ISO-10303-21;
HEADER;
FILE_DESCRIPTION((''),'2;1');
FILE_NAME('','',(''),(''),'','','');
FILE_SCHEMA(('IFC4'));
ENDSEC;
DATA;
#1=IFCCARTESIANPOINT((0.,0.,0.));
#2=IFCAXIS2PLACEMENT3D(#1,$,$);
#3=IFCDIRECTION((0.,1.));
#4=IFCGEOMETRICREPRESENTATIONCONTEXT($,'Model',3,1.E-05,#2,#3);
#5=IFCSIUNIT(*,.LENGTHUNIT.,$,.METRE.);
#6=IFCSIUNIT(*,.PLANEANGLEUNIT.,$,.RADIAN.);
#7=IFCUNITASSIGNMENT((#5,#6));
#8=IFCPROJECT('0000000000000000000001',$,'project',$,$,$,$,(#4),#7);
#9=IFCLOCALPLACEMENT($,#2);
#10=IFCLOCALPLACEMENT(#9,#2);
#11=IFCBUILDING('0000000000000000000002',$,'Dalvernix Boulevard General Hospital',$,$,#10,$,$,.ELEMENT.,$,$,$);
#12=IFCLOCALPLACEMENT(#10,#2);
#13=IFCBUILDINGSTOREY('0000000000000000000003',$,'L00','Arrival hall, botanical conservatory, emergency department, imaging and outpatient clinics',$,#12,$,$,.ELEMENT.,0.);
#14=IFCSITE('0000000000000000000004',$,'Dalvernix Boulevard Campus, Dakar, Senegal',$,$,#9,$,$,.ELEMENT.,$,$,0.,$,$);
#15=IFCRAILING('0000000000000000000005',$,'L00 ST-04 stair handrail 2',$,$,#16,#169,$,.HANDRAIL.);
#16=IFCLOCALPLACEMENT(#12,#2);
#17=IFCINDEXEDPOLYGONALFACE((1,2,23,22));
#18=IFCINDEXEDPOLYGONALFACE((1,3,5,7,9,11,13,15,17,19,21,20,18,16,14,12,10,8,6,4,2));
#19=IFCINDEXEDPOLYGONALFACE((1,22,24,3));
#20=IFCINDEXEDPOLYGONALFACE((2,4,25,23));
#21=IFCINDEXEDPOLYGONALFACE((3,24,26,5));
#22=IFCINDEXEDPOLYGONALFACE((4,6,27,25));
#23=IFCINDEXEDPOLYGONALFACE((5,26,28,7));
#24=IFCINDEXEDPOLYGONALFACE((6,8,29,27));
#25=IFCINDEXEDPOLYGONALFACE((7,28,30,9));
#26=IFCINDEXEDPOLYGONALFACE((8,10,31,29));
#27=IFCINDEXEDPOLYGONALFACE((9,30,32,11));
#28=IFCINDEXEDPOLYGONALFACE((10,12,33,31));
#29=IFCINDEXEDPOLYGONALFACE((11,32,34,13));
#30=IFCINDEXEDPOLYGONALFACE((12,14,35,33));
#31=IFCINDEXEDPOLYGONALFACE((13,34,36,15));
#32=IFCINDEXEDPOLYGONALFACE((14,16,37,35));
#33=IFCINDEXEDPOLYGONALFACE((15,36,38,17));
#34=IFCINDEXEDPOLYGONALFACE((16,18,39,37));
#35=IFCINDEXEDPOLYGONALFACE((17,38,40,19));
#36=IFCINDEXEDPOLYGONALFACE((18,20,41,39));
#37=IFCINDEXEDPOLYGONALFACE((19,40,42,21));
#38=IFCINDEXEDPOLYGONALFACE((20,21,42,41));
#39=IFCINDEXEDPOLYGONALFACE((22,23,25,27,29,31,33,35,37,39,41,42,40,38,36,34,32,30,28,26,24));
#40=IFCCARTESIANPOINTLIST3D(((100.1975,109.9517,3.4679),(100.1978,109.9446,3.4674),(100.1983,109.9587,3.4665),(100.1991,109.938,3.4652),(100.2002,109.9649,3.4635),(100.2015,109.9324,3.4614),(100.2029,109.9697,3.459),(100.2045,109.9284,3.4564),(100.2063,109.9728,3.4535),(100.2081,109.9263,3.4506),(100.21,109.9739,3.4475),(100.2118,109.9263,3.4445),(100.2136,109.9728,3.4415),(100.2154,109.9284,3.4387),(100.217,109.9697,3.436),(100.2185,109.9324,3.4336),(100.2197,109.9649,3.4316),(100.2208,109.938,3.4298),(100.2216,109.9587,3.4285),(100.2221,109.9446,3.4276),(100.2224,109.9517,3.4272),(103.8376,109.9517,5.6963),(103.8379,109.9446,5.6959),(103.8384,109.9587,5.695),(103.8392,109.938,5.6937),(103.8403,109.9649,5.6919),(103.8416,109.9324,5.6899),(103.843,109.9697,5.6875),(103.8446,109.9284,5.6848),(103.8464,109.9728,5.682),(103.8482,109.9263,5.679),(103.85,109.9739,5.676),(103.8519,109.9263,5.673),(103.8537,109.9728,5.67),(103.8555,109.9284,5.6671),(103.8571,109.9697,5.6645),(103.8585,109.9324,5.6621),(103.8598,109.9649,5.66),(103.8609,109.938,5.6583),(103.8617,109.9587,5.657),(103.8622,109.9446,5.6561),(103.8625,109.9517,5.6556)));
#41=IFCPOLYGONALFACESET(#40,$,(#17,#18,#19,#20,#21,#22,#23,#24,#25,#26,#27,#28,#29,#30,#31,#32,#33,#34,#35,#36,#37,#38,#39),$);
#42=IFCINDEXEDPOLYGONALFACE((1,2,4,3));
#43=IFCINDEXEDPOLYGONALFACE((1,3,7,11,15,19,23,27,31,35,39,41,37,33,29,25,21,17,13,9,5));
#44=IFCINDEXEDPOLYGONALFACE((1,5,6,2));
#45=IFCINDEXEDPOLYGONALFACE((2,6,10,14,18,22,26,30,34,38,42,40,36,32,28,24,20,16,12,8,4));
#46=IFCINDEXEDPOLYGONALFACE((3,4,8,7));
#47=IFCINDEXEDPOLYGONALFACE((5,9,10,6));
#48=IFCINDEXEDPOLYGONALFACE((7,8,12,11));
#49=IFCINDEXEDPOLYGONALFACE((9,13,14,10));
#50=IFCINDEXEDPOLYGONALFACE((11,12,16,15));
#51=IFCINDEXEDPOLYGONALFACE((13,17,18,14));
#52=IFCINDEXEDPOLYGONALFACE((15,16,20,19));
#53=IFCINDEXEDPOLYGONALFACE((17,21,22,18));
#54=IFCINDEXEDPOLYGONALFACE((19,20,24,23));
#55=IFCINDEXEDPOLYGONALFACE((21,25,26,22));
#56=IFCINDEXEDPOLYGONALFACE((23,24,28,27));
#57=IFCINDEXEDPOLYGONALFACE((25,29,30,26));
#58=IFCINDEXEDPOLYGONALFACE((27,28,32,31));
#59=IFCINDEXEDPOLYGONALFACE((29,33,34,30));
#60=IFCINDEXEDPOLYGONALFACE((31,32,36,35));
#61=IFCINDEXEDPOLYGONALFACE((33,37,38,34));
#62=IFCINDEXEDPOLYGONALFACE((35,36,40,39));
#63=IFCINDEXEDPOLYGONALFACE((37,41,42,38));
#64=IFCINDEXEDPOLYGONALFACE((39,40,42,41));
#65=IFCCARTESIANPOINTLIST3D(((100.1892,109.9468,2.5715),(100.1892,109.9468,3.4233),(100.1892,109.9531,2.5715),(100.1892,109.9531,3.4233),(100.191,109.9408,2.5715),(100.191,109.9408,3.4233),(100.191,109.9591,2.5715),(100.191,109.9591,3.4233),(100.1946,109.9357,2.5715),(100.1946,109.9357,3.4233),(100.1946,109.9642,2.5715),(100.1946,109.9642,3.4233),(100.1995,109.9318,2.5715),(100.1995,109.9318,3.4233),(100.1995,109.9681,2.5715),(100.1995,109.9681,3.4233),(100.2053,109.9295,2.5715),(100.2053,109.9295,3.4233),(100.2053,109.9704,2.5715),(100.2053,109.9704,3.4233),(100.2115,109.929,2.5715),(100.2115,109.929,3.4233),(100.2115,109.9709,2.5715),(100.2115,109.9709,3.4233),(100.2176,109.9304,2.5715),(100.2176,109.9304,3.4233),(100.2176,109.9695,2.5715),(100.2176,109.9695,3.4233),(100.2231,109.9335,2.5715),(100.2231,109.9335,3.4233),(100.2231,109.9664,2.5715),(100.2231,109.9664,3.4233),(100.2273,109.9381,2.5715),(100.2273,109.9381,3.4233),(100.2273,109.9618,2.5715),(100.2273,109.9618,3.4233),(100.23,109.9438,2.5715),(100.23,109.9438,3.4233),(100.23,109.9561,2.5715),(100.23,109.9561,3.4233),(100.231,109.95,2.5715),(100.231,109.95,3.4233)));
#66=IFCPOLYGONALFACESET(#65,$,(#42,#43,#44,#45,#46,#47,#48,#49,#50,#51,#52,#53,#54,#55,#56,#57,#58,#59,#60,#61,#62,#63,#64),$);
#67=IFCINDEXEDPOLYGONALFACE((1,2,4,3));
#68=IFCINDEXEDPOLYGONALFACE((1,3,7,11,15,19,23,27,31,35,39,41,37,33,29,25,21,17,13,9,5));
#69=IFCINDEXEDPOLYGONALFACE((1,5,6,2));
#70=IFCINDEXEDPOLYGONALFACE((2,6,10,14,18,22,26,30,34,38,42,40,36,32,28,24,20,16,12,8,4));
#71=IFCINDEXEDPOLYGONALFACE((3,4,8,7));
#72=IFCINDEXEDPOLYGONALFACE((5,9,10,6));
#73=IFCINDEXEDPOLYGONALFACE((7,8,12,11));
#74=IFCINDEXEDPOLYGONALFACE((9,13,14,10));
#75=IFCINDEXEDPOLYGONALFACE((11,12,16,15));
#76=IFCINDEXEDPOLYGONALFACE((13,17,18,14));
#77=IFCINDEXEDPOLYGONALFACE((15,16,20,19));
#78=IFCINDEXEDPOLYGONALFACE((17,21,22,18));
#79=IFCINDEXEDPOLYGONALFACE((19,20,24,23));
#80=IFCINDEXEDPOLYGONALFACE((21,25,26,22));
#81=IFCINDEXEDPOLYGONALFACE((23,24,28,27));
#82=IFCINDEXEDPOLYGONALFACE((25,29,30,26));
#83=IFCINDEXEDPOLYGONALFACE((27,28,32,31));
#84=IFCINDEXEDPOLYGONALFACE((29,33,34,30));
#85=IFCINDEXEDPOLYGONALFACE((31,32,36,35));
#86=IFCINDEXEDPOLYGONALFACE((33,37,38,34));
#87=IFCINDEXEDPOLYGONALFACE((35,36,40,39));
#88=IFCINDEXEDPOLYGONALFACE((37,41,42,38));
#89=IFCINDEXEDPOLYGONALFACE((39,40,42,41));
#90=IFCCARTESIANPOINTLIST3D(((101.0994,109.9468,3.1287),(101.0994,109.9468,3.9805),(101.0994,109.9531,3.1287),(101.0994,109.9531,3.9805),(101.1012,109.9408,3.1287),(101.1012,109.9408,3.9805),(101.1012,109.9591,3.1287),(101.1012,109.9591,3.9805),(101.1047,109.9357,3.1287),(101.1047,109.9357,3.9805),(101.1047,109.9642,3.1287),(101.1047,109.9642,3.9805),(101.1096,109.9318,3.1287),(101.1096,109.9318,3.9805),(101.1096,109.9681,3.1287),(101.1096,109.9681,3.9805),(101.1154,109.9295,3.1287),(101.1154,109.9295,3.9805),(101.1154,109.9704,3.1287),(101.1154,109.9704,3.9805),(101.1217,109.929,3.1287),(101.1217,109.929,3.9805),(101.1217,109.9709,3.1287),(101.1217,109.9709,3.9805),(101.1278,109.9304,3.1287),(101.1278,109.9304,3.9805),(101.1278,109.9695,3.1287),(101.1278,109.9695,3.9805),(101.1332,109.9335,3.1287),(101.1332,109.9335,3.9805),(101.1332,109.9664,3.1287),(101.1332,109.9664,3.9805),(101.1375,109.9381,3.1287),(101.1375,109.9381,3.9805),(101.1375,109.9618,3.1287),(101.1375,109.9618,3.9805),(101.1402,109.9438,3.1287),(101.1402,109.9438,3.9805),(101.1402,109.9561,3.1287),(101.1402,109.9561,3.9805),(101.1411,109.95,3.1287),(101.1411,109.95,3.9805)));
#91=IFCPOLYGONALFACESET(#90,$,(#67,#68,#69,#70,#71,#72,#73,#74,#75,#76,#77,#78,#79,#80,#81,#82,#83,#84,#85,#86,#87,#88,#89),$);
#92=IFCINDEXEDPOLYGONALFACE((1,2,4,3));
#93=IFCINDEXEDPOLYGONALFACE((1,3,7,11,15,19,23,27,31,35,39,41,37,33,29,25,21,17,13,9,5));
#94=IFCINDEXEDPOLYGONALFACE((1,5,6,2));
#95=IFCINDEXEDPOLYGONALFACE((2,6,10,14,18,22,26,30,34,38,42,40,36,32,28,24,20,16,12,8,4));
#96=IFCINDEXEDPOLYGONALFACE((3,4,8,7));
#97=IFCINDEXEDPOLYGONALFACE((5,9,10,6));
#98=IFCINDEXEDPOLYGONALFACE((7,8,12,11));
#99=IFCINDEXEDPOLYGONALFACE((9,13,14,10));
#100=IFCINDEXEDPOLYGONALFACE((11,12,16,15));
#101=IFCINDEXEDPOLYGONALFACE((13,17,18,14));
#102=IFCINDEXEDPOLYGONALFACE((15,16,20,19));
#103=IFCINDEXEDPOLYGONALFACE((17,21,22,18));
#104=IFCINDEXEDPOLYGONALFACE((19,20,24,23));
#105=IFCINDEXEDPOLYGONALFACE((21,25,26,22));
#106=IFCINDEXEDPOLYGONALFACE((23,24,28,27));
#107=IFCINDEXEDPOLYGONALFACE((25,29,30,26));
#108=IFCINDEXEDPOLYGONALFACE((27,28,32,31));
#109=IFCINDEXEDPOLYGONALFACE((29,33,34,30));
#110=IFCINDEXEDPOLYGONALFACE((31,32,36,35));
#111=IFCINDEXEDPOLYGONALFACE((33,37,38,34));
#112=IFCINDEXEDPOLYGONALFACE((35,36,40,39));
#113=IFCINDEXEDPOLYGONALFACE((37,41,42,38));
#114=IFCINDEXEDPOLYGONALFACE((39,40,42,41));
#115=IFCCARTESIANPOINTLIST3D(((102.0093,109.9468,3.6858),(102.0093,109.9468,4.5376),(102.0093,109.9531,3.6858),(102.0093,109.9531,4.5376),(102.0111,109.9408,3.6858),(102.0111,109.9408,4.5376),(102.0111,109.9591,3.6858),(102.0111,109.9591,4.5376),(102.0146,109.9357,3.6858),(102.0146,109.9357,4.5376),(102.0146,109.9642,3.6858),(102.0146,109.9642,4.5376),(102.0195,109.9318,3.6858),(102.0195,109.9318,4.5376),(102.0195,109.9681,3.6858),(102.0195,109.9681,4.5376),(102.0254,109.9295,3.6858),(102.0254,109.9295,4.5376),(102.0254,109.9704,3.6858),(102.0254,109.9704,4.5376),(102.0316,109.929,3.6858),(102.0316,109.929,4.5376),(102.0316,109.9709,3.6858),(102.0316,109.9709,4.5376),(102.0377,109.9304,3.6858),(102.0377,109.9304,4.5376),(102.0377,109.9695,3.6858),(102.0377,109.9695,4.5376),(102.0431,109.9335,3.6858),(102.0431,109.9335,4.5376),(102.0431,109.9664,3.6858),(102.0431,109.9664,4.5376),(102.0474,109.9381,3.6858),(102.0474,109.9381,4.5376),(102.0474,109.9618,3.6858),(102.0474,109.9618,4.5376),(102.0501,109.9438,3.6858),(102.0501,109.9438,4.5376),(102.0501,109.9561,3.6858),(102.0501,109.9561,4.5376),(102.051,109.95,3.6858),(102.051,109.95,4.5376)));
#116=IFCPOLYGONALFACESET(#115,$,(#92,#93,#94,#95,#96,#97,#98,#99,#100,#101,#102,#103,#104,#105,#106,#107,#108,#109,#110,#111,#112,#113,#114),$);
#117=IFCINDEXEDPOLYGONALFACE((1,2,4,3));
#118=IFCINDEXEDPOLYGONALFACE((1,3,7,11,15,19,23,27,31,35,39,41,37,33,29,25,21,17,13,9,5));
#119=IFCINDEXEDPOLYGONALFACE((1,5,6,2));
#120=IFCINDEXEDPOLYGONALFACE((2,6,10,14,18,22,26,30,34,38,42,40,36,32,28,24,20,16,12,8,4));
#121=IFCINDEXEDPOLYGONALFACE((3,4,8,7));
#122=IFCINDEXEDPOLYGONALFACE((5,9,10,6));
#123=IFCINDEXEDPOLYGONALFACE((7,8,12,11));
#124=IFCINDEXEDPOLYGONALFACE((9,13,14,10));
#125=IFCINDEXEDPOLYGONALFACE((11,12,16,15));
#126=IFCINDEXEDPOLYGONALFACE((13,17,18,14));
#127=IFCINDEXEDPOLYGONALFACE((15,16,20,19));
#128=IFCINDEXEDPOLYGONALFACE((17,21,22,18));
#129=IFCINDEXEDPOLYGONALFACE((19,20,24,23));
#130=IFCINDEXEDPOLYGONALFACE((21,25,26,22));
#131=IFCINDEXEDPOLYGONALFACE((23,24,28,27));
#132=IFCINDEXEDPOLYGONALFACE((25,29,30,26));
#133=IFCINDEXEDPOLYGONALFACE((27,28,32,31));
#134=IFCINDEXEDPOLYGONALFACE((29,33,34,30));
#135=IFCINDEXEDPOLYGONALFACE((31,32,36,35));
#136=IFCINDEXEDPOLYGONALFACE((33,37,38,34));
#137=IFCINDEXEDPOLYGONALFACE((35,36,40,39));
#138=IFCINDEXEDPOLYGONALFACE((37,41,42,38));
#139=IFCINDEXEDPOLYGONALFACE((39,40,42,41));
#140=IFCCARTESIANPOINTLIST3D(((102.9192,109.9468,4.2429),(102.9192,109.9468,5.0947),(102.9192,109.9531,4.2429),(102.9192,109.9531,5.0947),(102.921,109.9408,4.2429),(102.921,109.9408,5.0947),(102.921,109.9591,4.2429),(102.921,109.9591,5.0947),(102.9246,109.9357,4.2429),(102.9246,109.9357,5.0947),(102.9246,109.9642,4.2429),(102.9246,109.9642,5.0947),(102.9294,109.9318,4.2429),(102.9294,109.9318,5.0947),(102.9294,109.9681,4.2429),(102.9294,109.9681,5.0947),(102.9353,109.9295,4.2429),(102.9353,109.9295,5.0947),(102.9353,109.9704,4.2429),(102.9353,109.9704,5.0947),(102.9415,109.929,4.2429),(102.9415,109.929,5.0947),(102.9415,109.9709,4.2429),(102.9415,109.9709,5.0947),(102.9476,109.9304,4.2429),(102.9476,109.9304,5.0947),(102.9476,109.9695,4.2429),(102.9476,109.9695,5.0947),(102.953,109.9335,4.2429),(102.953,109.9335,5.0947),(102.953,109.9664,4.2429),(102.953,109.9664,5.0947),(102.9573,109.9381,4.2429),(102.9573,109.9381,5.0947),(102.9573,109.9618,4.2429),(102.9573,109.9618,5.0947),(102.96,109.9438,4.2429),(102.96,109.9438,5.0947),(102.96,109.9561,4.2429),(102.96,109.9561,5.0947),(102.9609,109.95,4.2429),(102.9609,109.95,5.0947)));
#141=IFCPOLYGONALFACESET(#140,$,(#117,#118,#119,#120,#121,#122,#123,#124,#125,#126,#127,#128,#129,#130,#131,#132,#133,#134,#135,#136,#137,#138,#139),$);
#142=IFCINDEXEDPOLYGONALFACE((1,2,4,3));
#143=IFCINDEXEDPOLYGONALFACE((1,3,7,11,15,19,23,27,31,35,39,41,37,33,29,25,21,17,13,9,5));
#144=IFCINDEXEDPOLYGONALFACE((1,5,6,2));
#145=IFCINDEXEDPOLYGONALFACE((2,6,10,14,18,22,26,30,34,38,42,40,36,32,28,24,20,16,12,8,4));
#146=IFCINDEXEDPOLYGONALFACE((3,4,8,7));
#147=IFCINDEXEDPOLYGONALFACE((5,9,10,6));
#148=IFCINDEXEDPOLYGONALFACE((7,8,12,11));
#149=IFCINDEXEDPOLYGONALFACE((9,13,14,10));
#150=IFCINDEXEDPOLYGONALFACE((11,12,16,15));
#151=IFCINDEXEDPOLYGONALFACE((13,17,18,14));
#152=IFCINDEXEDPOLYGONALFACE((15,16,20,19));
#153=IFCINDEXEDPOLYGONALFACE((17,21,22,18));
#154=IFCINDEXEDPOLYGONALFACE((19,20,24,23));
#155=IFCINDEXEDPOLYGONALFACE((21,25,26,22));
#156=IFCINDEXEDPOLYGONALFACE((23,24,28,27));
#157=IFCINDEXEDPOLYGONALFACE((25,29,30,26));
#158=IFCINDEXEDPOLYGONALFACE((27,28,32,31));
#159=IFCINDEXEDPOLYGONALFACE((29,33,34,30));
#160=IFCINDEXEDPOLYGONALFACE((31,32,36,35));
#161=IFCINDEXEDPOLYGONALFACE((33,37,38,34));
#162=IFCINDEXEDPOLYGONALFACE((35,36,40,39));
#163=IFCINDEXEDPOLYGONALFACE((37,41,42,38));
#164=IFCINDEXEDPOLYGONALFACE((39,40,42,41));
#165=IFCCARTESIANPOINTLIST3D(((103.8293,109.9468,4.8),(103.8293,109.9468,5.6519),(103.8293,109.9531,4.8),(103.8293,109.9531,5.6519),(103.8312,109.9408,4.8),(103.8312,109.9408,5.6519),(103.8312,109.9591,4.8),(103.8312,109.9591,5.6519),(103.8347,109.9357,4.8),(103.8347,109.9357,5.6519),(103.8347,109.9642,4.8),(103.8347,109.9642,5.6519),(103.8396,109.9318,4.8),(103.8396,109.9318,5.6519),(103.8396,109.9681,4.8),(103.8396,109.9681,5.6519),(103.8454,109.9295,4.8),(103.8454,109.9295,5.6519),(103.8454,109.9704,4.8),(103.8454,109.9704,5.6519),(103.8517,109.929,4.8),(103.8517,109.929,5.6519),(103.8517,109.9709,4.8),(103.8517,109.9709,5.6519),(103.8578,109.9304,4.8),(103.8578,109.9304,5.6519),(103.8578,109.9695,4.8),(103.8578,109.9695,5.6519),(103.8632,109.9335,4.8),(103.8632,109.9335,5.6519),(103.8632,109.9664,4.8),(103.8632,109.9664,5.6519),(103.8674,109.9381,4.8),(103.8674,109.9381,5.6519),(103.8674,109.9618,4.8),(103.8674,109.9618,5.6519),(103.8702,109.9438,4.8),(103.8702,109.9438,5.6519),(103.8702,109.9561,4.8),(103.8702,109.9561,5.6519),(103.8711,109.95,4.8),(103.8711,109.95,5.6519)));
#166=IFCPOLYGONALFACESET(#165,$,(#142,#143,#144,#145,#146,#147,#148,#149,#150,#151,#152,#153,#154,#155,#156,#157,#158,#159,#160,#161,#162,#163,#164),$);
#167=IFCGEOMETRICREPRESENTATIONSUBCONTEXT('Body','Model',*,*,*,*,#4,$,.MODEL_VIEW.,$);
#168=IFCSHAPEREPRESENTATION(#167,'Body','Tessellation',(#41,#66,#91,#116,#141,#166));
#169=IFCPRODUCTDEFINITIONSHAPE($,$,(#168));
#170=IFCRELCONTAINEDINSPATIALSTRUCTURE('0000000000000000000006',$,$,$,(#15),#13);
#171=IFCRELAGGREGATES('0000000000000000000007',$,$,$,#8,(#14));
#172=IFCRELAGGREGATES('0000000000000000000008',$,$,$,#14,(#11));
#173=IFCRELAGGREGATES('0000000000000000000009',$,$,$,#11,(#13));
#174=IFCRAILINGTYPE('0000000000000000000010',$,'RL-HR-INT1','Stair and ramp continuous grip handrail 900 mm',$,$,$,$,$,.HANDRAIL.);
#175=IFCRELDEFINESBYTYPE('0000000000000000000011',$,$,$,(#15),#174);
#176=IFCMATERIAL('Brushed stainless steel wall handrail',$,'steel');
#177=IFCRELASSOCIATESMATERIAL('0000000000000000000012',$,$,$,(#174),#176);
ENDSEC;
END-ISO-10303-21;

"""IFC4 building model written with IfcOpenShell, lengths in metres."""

from ifc_helpers import new_model, si_unit, direction, frame, origin, origin_2d, place, context, subcontext, project, spatial, circle, extrude, material, type_object, element, save


model = new_model("IFC4")

# Units and contexts
model_context = context("Model", 3, precision=1e-05, world=origin(), true_north=direction((0.0, 1.0)))
body_context = subcontext(model_context, "Body", "Model", "MODEL_VIEW")
ifc_project = project(units=[si_unit("LENGTHUNIT", "METRE"), si_unit("PLANEANGLEUNIT", "RADIAN")], contexts=[model_context])

# Site, building, storey
site_placement = place(None, origin())
site = spatial("IfcSite", under=ifc_project, at=site_placement, Name="Dalvernix Boulevard Campus, Dakar, Senegal", CompositionType="ELEMENT", RefElevation=0.0)
building_placement = place(site_placement, origin())
building = spatial("IfcBuilding", under=site, at=building_placement, Name="Dalvernix Boulevard General Hospital", CompositionType="ELEMENT")
storey_placement = place(building_placement, origin())
storey = spatial("IfcBuildingStorey", under=building, at=storey_placement, Name="L00", Description="Arrival hall, botanical conservatory, emergency department, imaging and outpatient clinics", CompositionType="ELEMENT", Elevation=0.0)

# Railing
ifc_material_1 = material(Name="Brushed stainless steel wall handrail", Category="steel")
railing_type_1 = type_object("IfcRailingType", Name="RL-HR-INT1", Description="Stair and ramp continuous grip handrail 900 mm", PredefinedType="HANDRAIL", material=ifc_material_1)
railing_1_placement = place(storey_placement, frame((100.21, 109.95, 2.5715)))
element("IfcRailing", 1, at=railing_1_placement, inside=storey, type_object=railing_type_1, Name="L00 ST-04 stair handrail 2", PredefinedType="HANDRAIL", context=body_context, shape_type="SweptSolid", body=[
    extrude(circle(Radius=0.0239, at=origin_2d()), frame((0.0, 0.0, 0.876), z_axis=(0.852866, 0.0, 0.52213), x_axis=(0.0, 1.0, 0.0)), (0.0, 0.0, 1.0), 4.2681),
    extrude(circle(Radius=0.021, at=origin_2d()), origin(), (0.0, 0.0, 1.0), 0.8518),
    extrude(circle(Radius=0.021, at=origin_2d()), frame((0.9102, 0.0, 0.5571)), (0.0, 0.0, 1.0), 0.8518),
    extrude(circle(Radius=0.021, at=origin_2d()), frame((1.8201, 0.0, 1.1143)), (0.0, 0.0, 1.0), 0.8518),
    extrude(circle(Radius=0.021, at=origin_2d()), frame((2.73, 0.0, 1.6714)), (0.0, 0.0, 1.0), 0.8518),
    extrude(circle(Radius=0.021, at=origin_2d()), frame((3.6401, 0.0, 2.2285)), (0.0, 0.0, 1.0), 0.8518),
])

save(model, "model.ifc")
